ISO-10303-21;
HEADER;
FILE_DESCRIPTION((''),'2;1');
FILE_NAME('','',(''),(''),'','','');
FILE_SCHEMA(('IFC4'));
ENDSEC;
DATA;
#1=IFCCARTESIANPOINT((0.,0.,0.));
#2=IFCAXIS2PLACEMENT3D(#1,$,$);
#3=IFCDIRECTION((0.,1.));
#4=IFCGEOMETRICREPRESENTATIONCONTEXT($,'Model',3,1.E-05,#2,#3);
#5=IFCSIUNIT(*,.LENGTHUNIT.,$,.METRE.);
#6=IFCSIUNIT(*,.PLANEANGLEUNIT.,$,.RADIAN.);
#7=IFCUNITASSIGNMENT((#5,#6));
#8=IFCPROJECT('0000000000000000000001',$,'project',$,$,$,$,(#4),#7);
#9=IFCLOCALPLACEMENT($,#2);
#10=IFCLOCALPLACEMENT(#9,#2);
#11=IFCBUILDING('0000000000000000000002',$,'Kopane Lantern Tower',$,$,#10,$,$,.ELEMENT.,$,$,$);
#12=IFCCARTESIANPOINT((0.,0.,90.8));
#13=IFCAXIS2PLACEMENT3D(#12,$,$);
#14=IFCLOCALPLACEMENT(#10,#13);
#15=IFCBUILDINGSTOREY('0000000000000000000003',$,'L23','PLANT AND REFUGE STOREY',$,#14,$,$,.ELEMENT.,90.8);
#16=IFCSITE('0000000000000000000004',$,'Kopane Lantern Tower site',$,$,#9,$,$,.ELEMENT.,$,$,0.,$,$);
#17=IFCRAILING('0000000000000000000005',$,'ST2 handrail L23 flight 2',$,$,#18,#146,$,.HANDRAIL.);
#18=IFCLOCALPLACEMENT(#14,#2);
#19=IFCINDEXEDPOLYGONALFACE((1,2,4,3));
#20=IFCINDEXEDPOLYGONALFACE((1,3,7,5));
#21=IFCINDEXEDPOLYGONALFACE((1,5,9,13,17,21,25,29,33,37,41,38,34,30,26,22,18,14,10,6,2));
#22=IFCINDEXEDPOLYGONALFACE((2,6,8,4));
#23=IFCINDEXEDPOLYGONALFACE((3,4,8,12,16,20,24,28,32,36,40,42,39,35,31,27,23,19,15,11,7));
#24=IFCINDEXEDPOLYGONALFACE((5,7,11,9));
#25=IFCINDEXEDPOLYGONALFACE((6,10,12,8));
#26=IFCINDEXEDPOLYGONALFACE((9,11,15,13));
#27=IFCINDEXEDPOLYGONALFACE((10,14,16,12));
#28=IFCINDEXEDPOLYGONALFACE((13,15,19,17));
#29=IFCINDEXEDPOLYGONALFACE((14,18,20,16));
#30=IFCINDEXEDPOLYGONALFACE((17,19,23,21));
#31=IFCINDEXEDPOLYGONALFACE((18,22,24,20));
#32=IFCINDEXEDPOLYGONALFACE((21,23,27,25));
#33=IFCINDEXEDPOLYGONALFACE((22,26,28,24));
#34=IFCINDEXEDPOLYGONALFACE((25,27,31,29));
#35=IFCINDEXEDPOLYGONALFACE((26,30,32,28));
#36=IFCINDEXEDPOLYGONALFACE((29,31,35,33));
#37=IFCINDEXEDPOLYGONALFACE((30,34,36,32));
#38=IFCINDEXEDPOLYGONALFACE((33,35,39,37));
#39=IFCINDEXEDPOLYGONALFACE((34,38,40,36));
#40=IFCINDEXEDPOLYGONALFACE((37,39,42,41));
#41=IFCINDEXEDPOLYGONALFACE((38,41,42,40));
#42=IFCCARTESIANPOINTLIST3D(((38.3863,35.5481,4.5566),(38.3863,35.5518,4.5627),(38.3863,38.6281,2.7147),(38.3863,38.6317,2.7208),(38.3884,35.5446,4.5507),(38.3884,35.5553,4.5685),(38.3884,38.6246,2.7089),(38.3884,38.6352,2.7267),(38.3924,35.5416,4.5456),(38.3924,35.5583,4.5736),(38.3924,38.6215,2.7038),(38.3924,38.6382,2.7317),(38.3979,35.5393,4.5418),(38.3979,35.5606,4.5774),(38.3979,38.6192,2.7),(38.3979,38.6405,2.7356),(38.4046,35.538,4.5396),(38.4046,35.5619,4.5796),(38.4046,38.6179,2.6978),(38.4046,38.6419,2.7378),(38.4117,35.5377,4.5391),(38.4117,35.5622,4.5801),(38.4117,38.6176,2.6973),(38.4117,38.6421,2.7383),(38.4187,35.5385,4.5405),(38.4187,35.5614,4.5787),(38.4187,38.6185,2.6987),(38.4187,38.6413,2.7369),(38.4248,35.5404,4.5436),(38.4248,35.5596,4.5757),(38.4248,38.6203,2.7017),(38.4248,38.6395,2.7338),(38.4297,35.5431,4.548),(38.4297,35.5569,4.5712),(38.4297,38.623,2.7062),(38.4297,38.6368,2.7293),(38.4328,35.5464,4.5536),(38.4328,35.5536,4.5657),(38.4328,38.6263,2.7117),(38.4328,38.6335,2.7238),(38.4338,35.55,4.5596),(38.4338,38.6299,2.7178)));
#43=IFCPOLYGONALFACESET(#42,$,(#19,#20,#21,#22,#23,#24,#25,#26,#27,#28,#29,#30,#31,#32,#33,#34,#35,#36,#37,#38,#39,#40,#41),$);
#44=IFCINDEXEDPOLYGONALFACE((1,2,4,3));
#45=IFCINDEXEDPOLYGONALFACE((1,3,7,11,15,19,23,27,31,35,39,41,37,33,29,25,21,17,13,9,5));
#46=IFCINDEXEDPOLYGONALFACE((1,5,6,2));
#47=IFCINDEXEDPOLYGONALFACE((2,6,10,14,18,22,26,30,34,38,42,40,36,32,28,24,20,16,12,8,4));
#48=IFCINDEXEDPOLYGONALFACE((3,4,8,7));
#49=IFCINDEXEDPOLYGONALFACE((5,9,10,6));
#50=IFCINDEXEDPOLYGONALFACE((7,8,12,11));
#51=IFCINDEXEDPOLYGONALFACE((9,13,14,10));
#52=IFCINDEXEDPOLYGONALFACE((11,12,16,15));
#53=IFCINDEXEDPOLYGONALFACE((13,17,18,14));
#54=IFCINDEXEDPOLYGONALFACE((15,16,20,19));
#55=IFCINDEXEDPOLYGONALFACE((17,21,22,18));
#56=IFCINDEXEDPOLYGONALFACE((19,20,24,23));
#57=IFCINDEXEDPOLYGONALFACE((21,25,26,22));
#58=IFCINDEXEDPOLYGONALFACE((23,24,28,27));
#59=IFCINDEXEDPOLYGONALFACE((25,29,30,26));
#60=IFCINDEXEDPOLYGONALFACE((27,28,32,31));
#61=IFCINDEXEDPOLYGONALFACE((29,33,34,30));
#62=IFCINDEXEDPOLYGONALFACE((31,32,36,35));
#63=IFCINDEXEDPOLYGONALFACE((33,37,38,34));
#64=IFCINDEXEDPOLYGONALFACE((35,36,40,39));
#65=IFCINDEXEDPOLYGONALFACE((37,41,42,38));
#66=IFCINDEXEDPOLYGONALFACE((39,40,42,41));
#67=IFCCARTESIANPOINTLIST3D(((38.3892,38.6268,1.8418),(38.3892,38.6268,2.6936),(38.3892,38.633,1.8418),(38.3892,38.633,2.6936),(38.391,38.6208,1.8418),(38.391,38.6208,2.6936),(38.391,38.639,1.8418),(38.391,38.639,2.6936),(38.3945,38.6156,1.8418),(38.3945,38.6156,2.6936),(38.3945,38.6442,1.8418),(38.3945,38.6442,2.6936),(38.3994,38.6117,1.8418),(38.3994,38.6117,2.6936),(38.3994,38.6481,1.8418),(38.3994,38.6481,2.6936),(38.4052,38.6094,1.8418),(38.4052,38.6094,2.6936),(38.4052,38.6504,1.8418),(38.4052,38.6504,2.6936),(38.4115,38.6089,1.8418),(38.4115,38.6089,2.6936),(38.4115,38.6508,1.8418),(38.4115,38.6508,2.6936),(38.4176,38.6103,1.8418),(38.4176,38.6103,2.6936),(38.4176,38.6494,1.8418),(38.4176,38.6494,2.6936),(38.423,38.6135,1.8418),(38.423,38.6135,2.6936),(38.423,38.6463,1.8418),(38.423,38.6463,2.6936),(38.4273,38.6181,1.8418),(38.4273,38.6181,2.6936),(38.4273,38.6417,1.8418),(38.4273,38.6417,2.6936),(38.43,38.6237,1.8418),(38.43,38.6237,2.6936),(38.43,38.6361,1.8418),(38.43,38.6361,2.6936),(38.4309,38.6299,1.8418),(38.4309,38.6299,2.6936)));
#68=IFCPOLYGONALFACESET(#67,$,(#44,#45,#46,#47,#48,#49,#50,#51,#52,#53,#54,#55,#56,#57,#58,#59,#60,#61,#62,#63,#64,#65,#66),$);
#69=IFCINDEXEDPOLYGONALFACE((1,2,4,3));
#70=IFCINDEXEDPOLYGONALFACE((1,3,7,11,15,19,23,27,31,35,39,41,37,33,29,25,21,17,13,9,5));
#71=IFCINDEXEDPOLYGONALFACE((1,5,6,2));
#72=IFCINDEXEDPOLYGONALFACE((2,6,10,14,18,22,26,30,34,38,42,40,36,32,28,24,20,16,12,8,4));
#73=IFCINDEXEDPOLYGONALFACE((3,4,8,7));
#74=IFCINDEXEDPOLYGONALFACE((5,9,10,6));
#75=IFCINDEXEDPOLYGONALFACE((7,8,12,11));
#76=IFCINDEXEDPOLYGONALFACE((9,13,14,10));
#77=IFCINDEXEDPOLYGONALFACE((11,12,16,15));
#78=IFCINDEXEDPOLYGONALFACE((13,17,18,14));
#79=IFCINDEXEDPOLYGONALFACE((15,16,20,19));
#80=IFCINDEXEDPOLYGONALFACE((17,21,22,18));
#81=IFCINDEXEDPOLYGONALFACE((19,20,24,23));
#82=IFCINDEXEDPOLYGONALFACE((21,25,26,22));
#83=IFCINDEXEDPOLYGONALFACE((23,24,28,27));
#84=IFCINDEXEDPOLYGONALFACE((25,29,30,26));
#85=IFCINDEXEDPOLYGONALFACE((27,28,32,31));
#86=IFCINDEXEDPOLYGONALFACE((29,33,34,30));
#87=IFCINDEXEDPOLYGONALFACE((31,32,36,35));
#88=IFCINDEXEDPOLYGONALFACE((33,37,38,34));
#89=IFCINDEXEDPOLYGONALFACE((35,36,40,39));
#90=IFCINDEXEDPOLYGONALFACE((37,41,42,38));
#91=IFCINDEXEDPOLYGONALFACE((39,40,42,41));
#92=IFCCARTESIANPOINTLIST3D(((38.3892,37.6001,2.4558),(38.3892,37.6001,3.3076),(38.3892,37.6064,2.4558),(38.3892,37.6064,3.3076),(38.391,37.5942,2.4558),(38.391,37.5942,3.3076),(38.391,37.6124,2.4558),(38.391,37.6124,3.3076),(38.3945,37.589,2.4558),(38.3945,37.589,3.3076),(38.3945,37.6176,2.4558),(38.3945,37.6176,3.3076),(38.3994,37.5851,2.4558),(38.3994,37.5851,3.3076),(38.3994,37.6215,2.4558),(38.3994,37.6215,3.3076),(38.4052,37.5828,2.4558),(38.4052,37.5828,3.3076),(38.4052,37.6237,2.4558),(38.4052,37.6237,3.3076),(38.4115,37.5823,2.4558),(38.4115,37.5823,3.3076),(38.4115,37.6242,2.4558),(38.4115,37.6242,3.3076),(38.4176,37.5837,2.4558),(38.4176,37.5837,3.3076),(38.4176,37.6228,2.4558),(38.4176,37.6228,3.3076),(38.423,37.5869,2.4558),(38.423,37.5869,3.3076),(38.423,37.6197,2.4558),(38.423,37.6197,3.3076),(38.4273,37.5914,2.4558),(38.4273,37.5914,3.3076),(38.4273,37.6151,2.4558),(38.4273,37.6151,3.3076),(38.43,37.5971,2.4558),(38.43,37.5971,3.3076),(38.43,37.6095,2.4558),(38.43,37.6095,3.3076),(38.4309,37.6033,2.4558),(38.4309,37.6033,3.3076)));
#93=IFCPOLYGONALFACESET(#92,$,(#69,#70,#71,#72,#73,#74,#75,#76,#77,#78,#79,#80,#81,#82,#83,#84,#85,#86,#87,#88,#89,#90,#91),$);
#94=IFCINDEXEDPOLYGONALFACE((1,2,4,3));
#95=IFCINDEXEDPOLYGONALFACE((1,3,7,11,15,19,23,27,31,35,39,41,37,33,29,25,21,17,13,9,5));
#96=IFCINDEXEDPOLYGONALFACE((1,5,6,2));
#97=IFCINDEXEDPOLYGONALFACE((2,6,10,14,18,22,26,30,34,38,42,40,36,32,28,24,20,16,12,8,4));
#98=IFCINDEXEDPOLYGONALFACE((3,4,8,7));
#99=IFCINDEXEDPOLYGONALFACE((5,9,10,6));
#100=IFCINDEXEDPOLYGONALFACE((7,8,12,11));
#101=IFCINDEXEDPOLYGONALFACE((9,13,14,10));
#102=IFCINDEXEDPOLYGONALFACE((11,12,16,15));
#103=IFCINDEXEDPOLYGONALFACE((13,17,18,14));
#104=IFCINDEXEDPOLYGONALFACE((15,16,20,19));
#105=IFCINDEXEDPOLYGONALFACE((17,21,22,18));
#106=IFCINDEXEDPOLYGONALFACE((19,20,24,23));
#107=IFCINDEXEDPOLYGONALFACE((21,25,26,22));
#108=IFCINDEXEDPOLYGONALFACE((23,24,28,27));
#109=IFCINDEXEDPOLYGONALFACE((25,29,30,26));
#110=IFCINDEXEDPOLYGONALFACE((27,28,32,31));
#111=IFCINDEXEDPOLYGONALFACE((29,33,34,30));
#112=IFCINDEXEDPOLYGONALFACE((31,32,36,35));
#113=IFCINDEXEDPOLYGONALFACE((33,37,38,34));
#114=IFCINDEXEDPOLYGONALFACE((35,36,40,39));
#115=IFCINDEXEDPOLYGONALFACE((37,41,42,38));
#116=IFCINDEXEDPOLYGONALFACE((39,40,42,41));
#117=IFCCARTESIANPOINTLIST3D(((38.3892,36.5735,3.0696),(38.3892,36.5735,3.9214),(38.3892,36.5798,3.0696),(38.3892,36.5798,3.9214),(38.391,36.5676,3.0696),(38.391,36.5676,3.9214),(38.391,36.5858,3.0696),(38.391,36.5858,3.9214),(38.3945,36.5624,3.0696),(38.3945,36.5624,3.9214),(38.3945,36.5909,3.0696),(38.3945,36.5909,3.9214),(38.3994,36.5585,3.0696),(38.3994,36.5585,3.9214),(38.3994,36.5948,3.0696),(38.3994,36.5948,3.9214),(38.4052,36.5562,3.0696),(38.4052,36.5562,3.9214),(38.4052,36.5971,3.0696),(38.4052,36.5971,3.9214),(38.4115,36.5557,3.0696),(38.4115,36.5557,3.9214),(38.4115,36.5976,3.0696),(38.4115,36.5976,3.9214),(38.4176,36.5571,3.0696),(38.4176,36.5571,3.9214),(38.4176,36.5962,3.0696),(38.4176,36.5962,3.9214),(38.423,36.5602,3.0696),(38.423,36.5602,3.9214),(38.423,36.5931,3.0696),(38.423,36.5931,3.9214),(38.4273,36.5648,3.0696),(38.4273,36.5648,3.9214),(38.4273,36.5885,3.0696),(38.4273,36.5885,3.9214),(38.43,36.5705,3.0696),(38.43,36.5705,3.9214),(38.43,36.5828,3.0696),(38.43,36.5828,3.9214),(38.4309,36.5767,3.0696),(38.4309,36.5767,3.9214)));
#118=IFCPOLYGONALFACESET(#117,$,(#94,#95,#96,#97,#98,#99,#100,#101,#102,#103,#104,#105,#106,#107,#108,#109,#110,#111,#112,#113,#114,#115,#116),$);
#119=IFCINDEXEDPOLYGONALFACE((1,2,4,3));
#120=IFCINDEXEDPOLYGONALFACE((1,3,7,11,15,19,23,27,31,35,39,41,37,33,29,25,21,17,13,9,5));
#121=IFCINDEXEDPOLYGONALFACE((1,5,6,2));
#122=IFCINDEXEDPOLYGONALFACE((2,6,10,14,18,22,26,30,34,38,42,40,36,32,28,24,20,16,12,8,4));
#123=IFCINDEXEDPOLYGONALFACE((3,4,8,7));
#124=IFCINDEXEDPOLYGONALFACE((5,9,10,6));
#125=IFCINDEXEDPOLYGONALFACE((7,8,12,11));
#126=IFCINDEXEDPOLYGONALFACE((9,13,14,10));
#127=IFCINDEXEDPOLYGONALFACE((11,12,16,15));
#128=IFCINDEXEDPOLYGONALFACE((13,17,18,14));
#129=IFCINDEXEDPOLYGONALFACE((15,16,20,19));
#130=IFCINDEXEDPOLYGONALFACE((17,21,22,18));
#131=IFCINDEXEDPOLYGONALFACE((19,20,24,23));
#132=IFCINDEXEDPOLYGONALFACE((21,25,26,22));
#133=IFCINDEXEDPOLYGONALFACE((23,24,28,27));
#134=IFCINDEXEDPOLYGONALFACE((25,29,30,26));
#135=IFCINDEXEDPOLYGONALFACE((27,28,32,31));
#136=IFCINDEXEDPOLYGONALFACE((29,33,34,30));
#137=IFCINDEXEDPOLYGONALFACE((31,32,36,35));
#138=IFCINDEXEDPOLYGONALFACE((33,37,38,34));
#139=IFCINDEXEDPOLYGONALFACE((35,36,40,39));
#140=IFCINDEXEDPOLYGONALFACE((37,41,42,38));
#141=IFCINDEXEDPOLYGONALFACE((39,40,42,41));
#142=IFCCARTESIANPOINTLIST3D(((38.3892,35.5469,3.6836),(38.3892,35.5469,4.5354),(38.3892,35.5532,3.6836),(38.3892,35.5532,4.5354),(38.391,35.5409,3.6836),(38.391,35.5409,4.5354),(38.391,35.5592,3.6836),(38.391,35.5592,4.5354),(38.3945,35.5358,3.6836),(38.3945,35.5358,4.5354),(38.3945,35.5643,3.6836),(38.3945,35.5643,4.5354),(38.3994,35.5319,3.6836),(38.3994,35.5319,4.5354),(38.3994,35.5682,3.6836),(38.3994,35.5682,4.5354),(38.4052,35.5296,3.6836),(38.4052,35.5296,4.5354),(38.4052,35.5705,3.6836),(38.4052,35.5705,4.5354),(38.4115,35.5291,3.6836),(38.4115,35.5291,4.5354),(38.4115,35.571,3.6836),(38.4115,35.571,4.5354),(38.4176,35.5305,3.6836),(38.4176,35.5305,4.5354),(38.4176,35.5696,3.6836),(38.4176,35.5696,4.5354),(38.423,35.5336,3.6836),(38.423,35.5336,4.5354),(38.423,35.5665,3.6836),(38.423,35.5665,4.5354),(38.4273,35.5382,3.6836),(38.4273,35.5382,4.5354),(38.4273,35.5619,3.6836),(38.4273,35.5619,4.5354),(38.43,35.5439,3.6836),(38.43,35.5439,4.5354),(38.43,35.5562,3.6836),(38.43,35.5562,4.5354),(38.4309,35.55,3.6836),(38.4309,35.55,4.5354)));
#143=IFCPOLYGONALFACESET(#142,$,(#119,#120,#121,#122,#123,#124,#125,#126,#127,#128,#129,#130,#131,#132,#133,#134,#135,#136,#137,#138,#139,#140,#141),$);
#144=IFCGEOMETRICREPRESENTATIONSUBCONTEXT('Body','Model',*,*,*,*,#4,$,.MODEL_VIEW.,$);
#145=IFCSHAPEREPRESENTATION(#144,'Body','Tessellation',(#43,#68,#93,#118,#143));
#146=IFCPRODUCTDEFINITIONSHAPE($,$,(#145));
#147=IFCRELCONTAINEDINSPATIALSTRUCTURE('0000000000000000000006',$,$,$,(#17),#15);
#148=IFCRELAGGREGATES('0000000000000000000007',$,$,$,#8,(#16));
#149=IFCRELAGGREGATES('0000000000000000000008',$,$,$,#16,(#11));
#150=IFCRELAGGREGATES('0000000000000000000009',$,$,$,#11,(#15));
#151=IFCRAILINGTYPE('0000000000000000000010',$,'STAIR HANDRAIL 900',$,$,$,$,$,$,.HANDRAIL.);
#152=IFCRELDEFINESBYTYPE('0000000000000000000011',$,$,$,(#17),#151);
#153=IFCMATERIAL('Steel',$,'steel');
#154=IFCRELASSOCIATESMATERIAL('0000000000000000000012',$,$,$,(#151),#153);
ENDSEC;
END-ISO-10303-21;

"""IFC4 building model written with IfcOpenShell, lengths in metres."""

from ifc_helpers import new_model, si_unit, direction, frame, origin, origin_2d, place, context, subcontext, project, spatial, circle, extrude, material, type_object, element, save


model = new_model("IFC4")

# Units and contexts
model_context = context("Model", 3, precision=1e-05, world=origin(), true_north=direction((0.0, 1.0)))
body_context = subcontext(model_context, "Body", "Model", "MODEL_VIEW")
ifc_project = project(units=[si_unit("LENGTHUNIT", "METRE"), si_unit("PLANEANGLEUNIT", "RADIAN")], contexts=[model_context])

# Site, building, storey
site_placement = place(None, origin())
site = spatial("IfcSite", under=ifc_project, at=site_placement, Name="Kopane Lantern Tower site", CompositionType="ELEMENT", RefElevation=0.0)
building_placement = place(site_placement, origin())
building = spatial("IfcBuilding", under=site, at=building_placement, Name="Kopane Lantern Tower", CompositionType="ELEMENT")
storey_placement = place(building_placement, frame((0.0, 0.0, 90.8)))
storey = spatial("IfcBuildingStorey", under=building, at=storey_placement, Name="L23", Description="PLANT AND REFUGE STOREY", CompositionType="ELEMENT", Elevation=90.8)

# Railing
ifc_material_1 = material(Name="Steel", Category="steel")
railing_type_1 = type_object("IfcRailingType", Name="STAIR HANDRAIL 900", PredefinedType="HANDRAIL", material=ifc_material_1)
for number, where, name in (
    (1, (38.4099, 38.6299, 1.8418), "ST2 handrail L23 flight 2"),
):
    element("IfcRailing", number, at=place(storey_placement, frame(where)), inside=storey, type_object=railing_type_1, Name=name, PredefinedType="HANDRAIL", context=body_context, shape_type="SweptSolid", body=[
        extrude(circle(Radius=0.0239, at=origin_2d()), frame((0.0, 0.0, 0.876), z_axis=(0.0, -0.858242, 0.513245), x_axis=(1.0, 0.0, 0.0)), (0.0, 0.0, 1.0), 3.5886),
        extrude(circle(Radius=0.021, at=origin_2d()), origin(), (0.0, 0.0, 1.0), 0.8518),
        extrude(circle(Radius=0.021, at=origin_2d()), frame((0.0, -1.0266, 0.614)), (0.0, 0.0, 1.0), 0.8518),
        extrude(circle(Radius=0.021, at=origin_2d()), frame((0.0, -2.0532, 1.2278)), (0.0, 0.0, 1.0), 0.8518),
        extrude(circle(Radius=0.021, at=origin_2d()), frame((0.0, -3.0798, 1.8418)), (0.0, 0.0, 1.0), 0.8518),
    ])

save(model, "model.ifc")
